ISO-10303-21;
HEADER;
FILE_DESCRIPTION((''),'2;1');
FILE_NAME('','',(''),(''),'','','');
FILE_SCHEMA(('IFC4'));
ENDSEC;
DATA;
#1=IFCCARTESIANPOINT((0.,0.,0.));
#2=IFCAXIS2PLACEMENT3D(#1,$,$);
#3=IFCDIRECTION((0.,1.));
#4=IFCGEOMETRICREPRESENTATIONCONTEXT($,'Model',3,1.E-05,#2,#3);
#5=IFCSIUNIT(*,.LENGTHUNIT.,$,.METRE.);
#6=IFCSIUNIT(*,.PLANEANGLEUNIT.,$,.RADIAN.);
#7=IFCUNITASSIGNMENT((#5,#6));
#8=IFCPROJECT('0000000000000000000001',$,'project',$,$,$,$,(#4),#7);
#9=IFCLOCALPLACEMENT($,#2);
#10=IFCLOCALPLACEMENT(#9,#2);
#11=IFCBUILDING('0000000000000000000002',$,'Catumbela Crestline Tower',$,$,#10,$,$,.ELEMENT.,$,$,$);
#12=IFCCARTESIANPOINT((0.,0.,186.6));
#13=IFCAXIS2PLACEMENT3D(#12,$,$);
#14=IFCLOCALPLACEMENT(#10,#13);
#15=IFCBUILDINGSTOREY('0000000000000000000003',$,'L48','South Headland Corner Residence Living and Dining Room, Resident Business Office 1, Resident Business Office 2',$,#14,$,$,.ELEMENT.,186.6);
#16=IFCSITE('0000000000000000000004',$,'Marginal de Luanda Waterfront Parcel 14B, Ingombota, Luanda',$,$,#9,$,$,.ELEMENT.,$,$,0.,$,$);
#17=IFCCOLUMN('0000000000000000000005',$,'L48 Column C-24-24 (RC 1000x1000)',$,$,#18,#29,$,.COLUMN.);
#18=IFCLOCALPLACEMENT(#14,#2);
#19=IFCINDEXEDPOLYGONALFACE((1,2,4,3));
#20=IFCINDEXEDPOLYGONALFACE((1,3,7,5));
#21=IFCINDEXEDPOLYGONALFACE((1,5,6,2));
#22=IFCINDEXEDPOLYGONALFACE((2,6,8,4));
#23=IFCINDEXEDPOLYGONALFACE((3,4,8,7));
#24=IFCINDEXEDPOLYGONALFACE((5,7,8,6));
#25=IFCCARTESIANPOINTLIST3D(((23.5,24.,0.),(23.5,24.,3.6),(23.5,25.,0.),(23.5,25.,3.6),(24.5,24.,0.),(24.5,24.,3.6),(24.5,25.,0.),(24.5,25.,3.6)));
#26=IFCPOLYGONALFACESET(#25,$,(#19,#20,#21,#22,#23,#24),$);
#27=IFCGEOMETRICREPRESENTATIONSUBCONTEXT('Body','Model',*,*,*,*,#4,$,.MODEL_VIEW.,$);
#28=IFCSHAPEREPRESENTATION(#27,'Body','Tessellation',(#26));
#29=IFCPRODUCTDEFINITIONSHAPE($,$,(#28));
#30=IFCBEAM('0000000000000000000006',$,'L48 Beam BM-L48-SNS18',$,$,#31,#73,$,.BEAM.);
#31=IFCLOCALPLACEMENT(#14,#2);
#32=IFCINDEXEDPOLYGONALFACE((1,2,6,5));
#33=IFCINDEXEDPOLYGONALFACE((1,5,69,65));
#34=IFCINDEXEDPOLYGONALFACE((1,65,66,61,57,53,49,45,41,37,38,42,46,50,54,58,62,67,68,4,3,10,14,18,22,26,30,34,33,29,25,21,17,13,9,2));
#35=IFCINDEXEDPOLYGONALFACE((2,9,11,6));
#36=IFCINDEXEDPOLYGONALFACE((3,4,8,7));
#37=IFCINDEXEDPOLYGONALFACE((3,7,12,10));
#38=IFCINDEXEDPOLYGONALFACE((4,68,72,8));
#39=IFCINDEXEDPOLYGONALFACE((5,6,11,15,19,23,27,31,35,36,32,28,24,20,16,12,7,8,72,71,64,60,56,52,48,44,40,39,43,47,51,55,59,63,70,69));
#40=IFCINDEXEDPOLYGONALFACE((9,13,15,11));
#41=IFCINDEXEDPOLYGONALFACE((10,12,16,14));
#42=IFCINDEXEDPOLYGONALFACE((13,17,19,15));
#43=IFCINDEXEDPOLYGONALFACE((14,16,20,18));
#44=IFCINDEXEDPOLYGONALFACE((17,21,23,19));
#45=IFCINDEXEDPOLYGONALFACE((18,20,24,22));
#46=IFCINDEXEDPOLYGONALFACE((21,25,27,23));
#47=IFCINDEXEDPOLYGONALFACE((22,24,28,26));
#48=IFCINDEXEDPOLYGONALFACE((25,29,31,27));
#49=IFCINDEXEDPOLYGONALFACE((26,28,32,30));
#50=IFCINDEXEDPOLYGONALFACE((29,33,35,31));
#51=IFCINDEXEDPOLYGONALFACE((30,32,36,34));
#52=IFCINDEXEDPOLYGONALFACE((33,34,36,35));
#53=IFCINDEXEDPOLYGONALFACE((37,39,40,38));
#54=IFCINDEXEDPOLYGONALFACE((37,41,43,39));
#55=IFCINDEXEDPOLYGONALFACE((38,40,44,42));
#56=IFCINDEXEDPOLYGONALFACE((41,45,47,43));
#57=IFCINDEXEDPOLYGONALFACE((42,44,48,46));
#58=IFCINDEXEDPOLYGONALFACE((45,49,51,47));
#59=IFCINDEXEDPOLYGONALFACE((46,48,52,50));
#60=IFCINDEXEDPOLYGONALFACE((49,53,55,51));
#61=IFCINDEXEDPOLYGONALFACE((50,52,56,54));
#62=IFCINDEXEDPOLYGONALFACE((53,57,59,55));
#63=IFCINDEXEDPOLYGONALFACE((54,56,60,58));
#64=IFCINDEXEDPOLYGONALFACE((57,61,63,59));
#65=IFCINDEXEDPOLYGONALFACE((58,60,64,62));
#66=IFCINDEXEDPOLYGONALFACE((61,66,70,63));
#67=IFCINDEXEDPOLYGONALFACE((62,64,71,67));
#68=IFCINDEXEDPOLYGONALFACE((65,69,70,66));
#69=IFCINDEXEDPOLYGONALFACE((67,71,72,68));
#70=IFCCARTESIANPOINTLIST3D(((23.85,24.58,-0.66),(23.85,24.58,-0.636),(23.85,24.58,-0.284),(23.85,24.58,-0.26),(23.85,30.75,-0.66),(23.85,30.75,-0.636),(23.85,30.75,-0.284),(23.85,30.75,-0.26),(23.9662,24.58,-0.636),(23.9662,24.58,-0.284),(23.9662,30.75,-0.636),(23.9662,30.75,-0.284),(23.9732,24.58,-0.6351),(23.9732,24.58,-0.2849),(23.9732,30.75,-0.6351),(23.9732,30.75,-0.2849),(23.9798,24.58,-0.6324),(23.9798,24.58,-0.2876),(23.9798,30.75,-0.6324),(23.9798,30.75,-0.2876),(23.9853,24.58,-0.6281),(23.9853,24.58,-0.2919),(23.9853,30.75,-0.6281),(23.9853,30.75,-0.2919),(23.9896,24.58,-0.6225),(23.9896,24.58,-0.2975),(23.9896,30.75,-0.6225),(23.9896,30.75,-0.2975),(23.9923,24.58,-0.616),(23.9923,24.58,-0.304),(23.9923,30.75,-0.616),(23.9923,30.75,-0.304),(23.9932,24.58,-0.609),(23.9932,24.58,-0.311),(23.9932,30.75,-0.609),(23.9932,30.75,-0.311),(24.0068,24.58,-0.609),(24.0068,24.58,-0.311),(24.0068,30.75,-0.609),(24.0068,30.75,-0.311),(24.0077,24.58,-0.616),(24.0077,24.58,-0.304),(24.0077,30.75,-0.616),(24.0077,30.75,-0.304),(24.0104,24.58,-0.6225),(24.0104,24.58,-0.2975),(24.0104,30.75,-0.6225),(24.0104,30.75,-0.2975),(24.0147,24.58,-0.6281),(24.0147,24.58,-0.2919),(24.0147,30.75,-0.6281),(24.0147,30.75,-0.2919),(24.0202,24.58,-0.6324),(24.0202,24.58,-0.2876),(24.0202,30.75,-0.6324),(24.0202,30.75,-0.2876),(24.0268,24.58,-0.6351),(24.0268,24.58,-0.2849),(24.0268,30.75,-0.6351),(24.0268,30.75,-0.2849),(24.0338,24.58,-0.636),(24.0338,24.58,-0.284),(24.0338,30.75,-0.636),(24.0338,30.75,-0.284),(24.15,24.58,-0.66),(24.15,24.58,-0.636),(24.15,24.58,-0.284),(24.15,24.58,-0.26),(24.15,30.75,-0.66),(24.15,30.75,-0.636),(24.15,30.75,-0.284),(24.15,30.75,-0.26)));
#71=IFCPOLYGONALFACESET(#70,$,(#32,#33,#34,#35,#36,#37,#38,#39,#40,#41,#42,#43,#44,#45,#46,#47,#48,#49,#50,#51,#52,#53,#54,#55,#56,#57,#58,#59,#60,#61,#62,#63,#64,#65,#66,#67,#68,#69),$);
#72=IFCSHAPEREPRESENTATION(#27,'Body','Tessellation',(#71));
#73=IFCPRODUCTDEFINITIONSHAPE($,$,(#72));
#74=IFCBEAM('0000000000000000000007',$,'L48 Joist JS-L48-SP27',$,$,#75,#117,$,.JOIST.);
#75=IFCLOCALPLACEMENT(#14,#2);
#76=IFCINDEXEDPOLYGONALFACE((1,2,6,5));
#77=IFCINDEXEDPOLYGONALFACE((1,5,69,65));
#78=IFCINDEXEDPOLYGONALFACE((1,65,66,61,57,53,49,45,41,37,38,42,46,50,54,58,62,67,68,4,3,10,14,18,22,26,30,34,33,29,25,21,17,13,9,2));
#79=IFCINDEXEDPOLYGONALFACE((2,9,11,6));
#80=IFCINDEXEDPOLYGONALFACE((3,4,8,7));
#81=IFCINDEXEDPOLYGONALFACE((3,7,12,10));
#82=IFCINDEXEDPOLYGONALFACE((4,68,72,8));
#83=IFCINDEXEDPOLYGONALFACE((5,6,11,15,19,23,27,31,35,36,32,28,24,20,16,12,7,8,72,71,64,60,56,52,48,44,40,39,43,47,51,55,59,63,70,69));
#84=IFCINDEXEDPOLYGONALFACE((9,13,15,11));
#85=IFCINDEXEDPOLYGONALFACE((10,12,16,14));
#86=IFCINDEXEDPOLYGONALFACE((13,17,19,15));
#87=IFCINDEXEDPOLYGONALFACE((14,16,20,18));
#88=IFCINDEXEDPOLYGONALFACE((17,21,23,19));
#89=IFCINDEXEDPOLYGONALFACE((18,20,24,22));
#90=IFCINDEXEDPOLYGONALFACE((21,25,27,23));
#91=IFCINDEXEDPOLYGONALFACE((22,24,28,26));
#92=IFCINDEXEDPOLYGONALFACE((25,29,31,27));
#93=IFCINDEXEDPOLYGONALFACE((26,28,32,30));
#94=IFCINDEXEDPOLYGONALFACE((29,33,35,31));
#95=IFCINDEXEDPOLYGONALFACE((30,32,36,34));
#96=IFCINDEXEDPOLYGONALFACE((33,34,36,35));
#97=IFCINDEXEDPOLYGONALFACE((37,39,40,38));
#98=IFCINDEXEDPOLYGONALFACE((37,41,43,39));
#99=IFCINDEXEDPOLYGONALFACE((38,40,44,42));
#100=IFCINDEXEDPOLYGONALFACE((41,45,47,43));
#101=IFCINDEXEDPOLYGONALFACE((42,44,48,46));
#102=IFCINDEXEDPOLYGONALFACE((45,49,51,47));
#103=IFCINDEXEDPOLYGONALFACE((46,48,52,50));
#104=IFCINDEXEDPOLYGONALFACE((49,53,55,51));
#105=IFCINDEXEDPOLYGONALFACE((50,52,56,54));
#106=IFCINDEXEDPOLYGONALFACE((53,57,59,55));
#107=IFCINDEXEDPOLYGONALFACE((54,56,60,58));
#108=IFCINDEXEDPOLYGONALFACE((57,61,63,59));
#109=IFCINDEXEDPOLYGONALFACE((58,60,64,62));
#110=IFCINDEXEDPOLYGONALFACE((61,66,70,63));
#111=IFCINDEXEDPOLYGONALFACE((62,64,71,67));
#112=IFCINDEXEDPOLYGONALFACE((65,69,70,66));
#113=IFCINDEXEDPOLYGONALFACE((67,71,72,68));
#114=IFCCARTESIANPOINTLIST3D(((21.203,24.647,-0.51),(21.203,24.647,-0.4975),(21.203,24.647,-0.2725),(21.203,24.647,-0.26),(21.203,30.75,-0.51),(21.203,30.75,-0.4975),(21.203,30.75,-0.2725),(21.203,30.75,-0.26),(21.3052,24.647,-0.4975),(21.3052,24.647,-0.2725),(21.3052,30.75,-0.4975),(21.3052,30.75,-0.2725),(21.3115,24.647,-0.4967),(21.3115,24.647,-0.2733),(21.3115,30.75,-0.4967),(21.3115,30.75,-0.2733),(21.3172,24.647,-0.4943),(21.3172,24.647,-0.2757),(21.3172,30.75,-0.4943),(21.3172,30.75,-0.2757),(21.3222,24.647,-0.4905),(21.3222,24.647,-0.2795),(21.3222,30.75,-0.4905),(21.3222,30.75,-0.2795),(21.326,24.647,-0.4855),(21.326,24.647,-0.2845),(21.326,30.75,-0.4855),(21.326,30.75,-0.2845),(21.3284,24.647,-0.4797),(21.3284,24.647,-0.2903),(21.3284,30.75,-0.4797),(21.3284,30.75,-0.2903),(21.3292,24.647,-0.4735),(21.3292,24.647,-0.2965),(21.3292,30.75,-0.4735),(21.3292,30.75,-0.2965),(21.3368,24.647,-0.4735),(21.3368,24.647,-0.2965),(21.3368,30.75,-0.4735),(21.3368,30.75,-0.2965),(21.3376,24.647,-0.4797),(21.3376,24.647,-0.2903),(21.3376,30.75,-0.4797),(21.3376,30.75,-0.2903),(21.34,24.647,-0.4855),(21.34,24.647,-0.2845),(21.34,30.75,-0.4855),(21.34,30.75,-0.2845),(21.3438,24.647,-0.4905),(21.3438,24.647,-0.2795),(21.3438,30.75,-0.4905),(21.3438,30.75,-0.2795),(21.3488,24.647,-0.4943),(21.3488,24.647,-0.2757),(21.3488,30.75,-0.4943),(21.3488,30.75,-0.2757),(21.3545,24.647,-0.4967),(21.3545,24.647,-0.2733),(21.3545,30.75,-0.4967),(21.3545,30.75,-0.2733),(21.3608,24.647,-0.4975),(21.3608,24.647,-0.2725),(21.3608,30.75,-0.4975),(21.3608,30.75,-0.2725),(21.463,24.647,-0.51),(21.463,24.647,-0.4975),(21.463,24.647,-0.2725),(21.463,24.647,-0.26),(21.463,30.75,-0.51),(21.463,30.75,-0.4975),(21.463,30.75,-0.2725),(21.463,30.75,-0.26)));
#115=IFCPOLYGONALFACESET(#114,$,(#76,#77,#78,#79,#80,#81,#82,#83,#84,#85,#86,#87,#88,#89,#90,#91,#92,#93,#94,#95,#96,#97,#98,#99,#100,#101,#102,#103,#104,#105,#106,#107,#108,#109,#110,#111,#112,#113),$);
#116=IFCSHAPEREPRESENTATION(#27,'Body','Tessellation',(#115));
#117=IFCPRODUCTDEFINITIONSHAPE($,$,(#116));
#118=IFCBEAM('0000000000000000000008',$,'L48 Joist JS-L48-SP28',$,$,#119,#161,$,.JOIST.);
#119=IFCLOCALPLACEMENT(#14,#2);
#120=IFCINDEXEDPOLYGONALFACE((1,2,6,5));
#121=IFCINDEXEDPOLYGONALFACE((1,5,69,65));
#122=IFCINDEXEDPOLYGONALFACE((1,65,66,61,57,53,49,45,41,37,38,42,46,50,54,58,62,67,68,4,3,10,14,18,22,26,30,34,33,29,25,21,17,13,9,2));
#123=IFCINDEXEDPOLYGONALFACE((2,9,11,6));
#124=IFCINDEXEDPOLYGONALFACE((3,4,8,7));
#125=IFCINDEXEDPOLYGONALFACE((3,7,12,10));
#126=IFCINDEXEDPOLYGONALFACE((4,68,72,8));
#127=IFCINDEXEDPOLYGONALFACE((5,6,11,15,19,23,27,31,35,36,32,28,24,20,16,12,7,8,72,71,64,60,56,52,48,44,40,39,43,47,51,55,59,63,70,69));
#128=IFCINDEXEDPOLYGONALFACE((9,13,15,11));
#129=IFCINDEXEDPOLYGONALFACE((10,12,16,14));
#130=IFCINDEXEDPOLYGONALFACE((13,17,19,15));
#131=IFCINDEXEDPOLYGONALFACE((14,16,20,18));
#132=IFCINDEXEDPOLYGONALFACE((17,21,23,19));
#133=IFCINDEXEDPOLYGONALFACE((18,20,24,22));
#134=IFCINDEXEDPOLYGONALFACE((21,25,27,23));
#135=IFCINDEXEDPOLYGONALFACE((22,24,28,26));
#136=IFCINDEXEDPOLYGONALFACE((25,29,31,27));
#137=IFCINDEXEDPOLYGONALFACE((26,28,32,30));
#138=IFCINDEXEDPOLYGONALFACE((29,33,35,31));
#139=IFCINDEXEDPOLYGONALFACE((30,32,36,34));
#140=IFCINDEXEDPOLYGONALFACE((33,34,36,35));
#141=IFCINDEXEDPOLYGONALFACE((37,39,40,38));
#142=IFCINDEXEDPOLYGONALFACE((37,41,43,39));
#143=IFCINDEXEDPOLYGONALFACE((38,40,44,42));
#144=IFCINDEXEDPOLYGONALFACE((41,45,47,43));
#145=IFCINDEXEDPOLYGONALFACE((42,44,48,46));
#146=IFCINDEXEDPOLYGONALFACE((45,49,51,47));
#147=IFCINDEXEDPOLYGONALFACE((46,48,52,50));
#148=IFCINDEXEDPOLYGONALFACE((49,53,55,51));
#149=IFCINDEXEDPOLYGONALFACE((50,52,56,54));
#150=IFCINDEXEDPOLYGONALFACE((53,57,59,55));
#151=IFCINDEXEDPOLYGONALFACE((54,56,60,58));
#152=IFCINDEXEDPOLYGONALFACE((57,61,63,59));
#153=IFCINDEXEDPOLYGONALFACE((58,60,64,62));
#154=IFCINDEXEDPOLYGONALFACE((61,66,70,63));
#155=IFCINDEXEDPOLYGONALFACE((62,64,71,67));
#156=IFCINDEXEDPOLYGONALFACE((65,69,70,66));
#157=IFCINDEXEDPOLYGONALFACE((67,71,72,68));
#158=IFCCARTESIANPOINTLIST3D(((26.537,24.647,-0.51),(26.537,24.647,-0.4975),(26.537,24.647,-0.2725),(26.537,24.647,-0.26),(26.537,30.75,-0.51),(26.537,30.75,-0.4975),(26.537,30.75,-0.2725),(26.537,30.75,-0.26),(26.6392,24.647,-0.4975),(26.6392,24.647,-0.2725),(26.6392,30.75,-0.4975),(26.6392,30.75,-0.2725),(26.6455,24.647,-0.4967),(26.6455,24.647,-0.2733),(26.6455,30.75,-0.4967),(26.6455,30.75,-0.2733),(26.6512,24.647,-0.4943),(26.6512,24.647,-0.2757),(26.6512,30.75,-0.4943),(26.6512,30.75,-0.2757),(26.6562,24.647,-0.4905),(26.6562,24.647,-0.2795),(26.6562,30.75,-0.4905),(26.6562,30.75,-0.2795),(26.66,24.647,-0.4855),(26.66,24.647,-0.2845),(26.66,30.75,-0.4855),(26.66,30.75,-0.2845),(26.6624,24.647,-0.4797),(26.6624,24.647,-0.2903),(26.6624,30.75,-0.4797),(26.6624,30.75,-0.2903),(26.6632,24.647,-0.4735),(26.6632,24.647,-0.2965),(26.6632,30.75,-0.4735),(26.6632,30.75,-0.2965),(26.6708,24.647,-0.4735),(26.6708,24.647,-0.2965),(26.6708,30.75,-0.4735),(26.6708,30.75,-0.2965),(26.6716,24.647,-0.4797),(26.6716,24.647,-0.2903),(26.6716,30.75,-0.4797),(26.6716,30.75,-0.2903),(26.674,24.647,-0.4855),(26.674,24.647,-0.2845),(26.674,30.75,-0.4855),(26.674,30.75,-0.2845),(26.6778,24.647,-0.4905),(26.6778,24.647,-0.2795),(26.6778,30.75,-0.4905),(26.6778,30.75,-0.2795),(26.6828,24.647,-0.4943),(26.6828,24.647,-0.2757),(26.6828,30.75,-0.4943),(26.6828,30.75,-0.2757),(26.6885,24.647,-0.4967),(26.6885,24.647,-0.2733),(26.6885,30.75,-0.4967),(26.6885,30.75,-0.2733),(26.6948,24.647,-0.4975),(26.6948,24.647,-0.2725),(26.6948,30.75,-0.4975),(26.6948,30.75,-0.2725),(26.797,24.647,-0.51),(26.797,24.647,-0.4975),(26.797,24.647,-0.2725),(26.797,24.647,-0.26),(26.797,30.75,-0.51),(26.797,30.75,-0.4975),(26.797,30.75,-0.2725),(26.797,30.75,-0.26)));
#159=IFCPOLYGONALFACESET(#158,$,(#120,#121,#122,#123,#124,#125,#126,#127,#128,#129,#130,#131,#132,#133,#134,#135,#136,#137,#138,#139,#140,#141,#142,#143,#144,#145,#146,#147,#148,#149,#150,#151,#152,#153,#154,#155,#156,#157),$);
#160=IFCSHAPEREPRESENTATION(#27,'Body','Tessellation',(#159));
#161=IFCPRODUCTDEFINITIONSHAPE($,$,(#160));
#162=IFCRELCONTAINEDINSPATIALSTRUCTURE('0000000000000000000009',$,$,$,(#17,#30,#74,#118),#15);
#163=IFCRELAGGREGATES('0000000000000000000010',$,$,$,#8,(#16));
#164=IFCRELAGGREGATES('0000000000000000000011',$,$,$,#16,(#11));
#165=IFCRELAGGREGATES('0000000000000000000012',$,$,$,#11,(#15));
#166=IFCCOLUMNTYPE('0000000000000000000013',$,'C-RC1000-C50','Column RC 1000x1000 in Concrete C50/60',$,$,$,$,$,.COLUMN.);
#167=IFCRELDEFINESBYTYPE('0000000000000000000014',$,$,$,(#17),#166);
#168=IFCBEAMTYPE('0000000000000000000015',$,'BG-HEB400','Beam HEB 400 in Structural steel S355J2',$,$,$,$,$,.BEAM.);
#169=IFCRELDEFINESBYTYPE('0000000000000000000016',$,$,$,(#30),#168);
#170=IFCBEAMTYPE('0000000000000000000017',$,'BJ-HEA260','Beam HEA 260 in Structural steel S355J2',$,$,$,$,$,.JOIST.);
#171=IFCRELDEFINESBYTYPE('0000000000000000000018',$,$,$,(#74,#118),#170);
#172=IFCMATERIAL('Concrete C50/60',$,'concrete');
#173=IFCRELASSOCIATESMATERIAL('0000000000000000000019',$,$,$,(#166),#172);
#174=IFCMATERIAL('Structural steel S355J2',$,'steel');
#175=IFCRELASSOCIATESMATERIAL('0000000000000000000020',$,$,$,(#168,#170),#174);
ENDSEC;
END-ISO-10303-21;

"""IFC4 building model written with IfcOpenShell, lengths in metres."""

from ifc_helpers import new_model, si_unit, direction, frame, origin, origin_2d, place, context, subcontext, project, spatial, rectangle, i_section, extrude, material, material_profile, profile_set, type_object, element, save


model = new_model("IFC4")

# Units and contexts
model_context = context("Model", 3, precision=1e-05, world=origin(), true_north=direction((0.0, 1.0)))
body_context = subcontext(model_context, "Body", "Model", "MODEL_VIEW")
ifc_project = project(units=[si_unit("LENGTHUNIT", "METRE"), si_unit("PLANEANGLEUNIT", "RADIAN")], contexts=[model_context])

# Site, building, storey
site_placement = place(None, origin())
site = spatial("IfcSite", under=ifc_project, at=site_placement, Name="Marginal de Luanda Waterfront Parcel 14B, Ingombota, Luanda", CompositionType="ELEMENT", RefElevation=0.0)
building_placement = place(site_placement, origin())
building = spatial("IfcBuilding", under=site, at=building_placement, Name="Catumbela Crestline Tower", CompositionType="ELEMENT")
storey_placement = place(building_placement, frame((0.0, 0.0, 186.6)))
storey = spatial("IfcBuildingStorey", under=building, at=storey_placement, Name="L48", Description="South Headland Corner Residence Living and Dining Room, Resident Business Office 1, Resident Business Office 2", CompositionType="ELEMENT", Elevation=186.6)

# Column
ifc_material_1 = material(Name="Concrete C50/60", Category="concrete")
ifc_material_profile_1 = material_profile(ifc_material_1, rectangle(XDim=1.0, YDim=1.0, at=origin_2d()), Name="RC 1000x1000")
ifc_profile_set_1 = profile_set([ifc_material_profile_1], Name="Concrete C50/60")
column_type = type_object("IfcColumnType", Name="C-RC1000-C50", Description="Column RC 1000x1000 in Concrete C50/60", PredefinedType="COLUMN", material=ifc_profile_set_1)
column_placement = place(storey_placement, frame((24.0, 24.5, 0.0), z_axis=(0.0, 0.0, 1.0), x_axis=(1.0, 0.0, 0.0)))
element("IfcColumn", 1, at=column_placement, inside=storey, type_object=column_type, Name="L48 Column C-24-24 (RC 1000x1000)", PredefinedType="COLUMN", context=body_context, shape_type="SweptSolid", body=[
    extrude(rectangle(XDim=1.0, YDim=1.0, at=origin_2d()), origin(), (0.0, 0.0, 1.0), 3.6),
])

# Beams
ifc_material_2 = material(Name="Structural steel S355J2", Category="steel")
ifc_material_profile_2 = material_profile(ifc_material_2, i_section(OverallWidth=0.3, OverallDepth=0.4, WebThickness=0.0135, FlangeThickness=0.024, FilletRadius=0.027, at=origin_2d()), Name="HEB 400")
ifc_profile_set_2 = profile_set([ifc_material_profile_2], Name="Structural steel S355J2")
beam_type_1 = type_object("IfcBeamType", Name="BG-HEB400", Description="Beam HEB 400 in Structural steel S355J2", PredefinedType="BEAM", material=ifc_profile_set_2)
beam_1_placement = place(storey_placement, frame((24.0, 24.58, -0.46), z_axis=(0.0, 1.0, 0.0), x_axis=(-1.0, 0.0, 0.0)))
element("IfcBeam", 2, at=beam_1_placement, inside=storey, type_object=beam_type_1, Name="L48 Beam BM-L48-SNS18", PredefinedType="BEAM", context=body_context, shape_type="SweptSolid", body=[
    extrude(i_section(OverallWidth=0.3, OverallDepth=0.4, WebThickness=0.0135, FlangeThickness=0.024, FilletRadius=0.027, at=origin_2d()), origin(), (0.0, 0.0, 1.0), 6.17),
])
ifc_material_profile_3 = material_profile(ifc_material_2, i_section(OverallWidth=0.26, OverallDepth=0.25, WebThickness=0.0075, FlangeThickness=0.0125, FilletRadius=0.024, at=origin_2d()), Name="HEA 260")
ifc_profile_set_3 = profile_set([ifc_material_profile_3], Name="Structural steel S355J2")
beam_type_2 = type_object("IfcBeamType", Name="BJ-HEA260", Description="Beam HEA 260 in Structural steel S355J2", PredefinedType="JOIST", material=ifc_profile_set_3)
for number, where, z_axis, x_axis, name in (
    (3, (21.333, 24.647, -0.385), (0.0, 1.0, 0.0), (-1.0, 0.0, 0.0), "L48 Joist JS-L48-SP27"),
    (4, (26.667, 24.647, -0.385), (0.0, 1.0, 0.0), (-1.0, 0.0, 0.0), "L48 Joist JS-L48-SP28"),
):
    element("IfcBeam", number, at=place(storey_placement, frame(where, z_axis=z_axis, x_axis=x_axis)), inside=storey, type_object=beam_type_2, Name=name, PredefinedType="JOIST", context=body_context, shape_type="SweptSolid", body=[
        extrude(i_section(OverallWidth=0.26, OverallDepth=0.25, WebThickness=0.0075, FlangeThickness=0.0125, FilletRadius=0.024, at=origin_2d()), origin(), (0.0, 0.0, 1.0), 6.103),
    ])

save(model, "model.ifc")
